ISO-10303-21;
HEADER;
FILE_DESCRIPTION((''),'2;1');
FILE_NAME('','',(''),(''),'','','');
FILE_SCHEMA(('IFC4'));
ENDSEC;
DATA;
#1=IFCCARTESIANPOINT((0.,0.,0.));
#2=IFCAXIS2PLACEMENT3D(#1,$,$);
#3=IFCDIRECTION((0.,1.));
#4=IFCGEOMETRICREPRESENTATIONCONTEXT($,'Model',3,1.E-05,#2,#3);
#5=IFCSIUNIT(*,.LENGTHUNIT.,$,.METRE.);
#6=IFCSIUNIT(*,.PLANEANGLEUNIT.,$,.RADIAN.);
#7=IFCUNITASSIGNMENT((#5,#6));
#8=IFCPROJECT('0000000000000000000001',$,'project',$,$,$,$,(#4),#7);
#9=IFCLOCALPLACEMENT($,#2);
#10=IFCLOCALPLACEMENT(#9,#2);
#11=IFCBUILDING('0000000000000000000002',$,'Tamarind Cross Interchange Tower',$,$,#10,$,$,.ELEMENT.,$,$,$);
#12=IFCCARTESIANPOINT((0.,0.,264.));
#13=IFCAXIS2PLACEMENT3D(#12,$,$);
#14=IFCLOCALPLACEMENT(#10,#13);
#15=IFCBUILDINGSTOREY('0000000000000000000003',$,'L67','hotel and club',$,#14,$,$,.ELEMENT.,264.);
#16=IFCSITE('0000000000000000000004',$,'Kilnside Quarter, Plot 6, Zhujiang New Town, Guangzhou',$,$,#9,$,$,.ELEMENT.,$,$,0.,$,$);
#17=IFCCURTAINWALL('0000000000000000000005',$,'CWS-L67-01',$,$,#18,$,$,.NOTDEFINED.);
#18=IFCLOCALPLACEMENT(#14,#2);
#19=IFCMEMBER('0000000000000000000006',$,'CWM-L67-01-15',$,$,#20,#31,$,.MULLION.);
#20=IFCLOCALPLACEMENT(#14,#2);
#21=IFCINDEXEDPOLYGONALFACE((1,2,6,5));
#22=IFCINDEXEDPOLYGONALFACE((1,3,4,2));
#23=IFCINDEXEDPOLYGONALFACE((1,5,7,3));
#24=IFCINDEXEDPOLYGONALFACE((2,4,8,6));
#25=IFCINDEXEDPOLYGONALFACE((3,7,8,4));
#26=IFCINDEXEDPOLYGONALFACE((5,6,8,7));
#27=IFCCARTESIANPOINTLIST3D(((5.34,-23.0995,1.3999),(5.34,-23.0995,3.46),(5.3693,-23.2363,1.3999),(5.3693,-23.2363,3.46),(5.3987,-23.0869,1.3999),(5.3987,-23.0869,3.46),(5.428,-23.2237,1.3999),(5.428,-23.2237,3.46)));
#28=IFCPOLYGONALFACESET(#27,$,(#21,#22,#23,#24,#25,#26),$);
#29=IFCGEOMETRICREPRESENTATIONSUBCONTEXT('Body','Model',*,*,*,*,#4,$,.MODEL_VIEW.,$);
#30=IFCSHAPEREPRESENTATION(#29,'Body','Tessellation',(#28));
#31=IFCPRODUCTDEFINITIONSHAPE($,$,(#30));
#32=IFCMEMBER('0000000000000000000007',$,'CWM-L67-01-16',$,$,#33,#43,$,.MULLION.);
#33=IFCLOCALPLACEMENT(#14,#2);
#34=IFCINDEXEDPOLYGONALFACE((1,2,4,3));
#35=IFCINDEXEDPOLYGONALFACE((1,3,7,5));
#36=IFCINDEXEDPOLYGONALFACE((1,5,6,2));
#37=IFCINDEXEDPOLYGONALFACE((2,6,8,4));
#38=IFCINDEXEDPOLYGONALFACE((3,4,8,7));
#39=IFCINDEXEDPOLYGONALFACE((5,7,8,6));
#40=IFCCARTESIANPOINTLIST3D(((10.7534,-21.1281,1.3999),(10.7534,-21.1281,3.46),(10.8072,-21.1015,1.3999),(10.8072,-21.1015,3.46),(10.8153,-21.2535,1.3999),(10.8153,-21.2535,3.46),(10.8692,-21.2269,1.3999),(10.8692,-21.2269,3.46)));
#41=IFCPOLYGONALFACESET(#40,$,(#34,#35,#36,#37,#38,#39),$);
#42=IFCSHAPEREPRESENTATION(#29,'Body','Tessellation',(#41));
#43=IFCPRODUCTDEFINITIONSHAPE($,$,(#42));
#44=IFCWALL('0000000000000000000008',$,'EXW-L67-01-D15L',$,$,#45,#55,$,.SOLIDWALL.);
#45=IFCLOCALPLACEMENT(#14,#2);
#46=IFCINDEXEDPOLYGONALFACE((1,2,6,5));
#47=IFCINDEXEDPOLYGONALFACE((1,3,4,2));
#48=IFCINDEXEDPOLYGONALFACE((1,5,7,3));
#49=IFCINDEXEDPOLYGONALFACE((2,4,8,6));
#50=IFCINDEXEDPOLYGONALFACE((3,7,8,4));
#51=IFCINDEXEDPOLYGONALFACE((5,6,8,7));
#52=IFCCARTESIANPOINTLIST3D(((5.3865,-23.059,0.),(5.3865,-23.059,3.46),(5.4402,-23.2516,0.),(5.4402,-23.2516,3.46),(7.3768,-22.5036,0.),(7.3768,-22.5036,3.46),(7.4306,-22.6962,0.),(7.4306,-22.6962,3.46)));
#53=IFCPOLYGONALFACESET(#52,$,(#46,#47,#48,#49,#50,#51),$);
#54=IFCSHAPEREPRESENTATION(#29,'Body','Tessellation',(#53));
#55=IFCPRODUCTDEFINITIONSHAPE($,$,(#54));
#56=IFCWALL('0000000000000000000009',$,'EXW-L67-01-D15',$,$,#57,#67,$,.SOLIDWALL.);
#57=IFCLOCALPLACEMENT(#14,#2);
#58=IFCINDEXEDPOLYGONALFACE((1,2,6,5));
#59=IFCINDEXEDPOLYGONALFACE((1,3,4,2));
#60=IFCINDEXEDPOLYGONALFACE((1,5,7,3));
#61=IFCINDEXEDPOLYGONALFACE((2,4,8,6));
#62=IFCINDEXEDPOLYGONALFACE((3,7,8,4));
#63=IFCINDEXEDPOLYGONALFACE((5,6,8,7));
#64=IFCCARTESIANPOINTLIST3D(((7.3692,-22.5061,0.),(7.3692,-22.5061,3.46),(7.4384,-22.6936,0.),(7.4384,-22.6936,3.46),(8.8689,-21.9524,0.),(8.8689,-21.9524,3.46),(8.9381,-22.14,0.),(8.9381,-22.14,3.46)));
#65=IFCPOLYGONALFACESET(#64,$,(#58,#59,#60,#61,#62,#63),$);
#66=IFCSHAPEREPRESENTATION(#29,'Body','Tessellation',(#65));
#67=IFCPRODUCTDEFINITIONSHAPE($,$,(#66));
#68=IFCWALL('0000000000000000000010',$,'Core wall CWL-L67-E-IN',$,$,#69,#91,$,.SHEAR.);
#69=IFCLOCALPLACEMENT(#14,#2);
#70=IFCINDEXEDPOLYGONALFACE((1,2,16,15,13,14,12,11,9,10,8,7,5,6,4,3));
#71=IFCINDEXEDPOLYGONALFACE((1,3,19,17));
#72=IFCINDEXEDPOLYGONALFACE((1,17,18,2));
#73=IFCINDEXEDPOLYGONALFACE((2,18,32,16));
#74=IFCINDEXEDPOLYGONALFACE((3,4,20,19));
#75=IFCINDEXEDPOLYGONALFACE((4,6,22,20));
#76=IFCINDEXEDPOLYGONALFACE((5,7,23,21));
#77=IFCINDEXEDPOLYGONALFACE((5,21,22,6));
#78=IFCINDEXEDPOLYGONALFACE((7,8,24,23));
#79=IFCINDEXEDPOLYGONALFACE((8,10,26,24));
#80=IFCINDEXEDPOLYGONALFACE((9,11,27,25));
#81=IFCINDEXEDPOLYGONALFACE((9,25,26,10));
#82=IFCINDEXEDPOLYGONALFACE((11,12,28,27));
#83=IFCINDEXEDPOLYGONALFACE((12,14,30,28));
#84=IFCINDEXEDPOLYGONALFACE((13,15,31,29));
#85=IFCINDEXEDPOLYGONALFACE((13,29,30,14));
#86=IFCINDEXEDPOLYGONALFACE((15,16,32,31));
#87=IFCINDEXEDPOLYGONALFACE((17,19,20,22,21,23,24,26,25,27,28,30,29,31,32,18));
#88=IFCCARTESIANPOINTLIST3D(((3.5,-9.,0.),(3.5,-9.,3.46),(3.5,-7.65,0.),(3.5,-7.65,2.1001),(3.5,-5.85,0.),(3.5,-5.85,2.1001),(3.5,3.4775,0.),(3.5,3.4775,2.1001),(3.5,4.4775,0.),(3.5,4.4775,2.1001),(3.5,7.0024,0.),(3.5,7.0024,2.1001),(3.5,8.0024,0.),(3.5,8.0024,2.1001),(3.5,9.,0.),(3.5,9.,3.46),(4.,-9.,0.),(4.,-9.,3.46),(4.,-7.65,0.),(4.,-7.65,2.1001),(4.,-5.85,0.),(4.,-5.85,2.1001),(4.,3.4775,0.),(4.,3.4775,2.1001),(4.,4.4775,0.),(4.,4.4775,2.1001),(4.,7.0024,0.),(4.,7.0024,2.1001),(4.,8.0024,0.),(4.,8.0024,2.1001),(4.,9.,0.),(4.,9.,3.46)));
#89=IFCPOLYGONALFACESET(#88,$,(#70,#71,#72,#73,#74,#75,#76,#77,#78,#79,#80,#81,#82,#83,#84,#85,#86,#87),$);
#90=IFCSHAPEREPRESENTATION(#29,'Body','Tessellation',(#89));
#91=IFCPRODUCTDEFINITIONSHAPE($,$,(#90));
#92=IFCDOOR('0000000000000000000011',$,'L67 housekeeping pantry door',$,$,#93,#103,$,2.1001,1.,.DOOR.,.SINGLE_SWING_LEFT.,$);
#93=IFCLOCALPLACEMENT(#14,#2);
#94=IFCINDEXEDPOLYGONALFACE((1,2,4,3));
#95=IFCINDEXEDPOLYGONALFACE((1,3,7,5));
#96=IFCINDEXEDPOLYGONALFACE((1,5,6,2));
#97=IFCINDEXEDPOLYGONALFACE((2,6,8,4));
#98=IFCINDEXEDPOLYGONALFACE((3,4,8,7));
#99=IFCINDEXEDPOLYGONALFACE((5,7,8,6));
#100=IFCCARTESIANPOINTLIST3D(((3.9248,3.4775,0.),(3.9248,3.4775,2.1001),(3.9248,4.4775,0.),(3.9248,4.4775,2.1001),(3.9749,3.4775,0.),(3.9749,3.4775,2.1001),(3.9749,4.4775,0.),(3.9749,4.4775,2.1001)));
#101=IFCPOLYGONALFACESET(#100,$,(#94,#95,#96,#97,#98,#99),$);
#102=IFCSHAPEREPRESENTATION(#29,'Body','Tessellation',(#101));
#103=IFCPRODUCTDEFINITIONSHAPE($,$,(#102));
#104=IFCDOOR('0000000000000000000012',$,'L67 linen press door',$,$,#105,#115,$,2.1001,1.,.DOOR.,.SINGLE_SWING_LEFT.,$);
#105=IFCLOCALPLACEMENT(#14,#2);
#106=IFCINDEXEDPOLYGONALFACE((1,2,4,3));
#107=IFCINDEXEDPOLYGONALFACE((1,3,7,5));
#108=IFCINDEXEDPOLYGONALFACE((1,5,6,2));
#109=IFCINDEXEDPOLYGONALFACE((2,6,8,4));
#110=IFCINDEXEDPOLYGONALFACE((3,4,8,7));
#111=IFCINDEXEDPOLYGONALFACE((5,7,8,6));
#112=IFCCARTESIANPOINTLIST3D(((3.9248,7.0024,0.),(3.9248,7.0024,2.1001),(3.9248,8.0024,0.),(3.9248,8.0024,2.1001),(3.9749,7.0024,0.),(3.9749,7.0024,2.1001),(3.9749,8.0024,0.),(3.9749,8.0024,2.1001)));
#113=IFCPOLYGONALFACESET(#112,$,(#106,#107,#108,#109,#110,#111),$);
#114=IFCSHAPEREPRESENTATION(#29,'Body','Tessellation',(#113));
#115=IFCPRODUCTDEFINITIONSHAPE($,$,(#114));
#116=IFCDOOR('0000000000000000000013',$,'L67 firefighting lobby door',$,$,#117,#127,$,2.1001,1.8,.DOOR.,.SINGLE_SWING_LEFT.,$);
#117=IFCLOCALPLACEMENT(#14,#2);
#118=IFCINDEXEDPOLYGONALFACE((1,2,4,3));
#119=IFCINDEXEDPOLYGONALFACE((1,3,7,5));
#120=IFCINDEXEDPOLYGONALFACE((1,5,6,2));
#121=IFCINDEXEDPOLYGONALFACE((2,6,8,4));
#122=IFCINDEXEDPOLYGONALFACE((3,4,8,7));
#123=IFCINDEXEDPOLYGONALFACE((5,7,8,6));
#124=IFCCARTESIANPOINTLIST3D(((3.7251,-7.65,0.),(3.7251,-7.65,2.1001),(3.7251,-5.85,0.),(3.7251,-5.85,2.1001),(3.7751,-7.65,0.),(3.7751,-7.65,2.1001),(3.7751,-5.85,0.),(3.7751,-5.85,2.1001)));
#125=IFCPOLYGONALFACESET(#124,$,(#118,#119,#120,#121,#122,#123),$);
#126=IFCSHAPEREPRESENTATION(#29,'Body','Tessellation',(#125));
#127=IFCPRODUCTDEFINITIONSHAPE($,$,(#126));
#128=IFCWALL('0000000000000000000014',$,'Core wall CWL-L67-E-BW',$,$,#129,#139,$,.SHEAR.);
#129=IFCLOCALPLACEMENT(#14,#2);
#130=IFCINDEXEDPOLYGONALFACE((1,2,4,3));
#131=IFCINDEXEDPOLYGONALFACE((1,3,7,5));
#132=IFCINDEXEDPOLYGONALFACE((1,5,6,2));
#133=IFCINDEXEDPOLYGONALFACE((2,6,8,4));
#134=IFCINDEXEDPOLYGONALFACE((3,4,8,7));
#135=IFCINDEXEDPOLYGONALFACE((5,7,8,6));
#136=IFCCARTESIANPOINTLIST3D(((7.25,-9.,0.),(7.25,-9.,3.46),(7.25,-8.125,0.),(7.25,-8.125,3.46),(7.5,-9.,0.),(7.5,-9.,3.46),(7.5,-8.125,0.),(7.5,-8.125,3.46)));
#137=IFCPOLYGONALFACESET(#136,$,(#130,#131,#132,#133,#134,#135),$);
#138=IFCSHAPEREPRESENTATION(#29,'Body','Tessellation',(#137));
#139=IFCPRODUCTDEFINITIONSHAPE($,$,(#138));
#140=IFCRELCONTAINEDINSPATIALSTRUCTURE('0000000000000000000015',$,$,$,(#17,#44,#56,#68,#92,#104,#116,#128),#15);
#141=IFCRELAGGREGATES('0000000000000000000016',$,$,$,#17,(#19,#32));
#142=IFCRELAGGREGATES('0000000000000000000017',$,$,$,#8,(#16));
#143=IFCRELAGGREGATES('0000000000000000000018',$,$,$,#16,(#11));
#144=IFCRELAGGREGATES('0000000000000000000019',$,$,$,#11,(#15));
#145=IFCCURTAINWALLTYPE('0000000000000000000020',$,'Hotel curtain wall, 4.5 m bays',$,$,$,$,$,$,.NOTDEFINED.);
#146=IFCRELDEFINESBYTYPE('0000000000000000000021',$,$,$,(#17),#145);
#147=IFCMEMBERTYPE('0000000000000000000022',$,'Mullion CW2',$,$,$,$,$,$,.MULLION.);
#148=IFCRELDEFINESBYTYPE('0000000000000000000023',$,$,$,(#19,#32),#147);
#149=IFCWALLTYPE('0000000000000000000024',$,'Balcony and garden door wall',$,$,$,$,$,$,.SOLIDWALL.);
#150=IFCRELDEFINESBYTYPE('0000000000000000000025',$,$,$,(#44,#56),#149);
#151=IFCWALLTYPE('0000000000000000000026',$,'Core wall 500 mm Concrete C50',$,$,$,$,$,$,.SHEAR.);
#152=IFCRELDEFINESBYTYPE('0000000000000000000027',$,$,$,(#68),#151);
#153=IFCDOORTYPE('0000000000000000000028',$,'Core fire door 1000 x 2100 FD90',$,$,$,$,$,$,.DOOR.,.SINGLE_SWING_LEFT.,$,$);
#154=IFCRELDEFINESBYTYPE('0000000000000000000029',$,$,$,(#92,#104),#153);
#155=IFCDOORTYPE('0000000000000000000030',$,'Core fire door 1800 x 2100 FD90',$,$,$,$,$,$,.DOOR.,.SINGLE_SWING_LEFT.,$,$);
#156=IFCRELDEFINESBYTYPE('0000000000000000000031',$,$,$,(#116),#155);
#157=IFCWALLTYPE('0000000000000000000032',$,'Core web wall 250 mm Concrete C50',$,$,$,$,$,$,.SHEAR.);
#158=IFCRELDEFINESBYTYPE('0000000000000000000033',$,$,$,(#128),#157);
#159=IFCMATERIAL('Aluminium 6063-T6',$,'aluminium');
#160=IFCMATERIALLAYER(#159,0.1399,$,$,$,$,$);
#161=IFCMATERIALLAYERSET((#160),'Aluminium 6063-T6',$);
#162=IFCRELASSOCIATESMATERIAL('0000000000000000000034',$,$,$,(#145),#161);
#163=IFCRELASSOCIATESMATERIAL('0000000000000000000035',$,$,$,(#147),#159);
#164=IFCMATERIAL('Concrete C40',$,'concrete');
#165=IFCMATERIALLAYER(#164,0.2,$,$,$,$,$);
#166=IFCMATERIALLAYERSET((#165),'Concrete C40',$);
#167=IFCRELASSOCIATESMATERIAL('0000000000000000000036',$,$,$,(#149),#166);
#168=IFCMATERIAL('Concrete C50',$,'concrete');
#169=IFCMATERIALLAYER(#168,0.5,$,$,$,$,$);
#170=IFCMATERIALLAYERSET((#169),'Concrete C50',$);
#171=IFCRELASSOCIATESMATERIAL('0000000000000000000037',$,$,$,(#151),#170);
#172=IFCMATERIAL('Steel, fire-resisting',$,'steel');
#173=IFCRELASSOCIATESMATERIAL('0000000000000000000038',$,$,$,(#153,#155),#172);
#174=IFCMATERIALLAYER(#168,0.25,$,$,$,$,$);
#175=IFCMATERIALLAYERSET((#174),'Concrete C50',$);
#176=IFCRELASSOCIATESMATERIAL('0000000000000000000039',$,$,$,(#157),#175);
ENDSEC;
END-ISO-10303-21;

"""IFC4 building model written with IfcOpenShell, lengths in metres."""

from ifc_helpers import new_model, si_unit, direction, frame, frame_2d, origin, origin_2d, place, context, subcontext, project, spatial, rectangle, extrude, material, layer, layer_set, material_profile, profile_set, type_object, element, fill, aggregate, save


model = new_model("IFC4")

# Units and contexts
model_context = context("Model", 3, precision=1e-05, world=origin(), true_north=direction((0.0, 1.0)))
body_context = subcontext(model_context, "Body", "Model", "MODEL_VIEW")
ifc_project = project(units=[si_unit("LENGTHUNIT", "METRE"), si_unit("PLANEANGLEUNIT", "RADIAN")], contexts=[model_context])

# Site, building, storey
site_placement = place(None, origin())
site = spatial("IfcSite", under=ifc_project, at=site_placement, Name="Kilnside Quarter, Plot 6, Zhujiang New Town, Guangzhou", CompositionType="ELEMENT", RefElevation=0.0)
building_placement = place(site_placement, origin())
building = spatial("IfcBuilding", under=site, at=building_placement, Name="Tamarind Cross Interchange Tower", CompositionType="ELEMENT")
storey_placement = place(building_placement, frame((0.0, 0.0, 264.0)))
storey = spatial("IfcBuildingStorey", under=building, at=storey_placement, Name="L67", Description="hotel and club", CompositionType="ELEMENT", Elevation=264.0)

# Curtain wall, members
ifc_material_1 = material(Name="Aluminium 6063-T6", Category="aluminium")
ifc_layer_1 = layer(ifc_material_1, 0.1399)
ifc_layer_set_1 = layer_set([ifc_layer_1], Name="Aluminium 6063-T6")
curtain_wall_type = type_object("IfcCurtainWallType", Name="Hotel curtain wall, 4.5 m bays", PredefinedType="NOTDEFINED", material=ifc_layer_set_1)
curtain_wall_placement = place(storey_placement, origin())
curtain_wall = element("IfcCurtainWall", 1, at=curtain_wall_placement, inside=storey, type_object=curtain_wall_type, Name="CWS-L67-01", PredefinedType="NOTDEFINED")
ifc_material_profile_1 = material_profile(ifc_material_1, rectangle(XDim=0.0601, YDim=0.1399, at=origin_2d()), Name="Mullion CW2")
ifc_profile_set_1 = profile_set([ifc_material_profile_1], Name="Aluminium 6063-T6")
member_type = type_object("IfcMemberType", Name="Mullion CW2", PredefinedType="MULLION", material=ifc_profile_set_1)
member_1_placement = place(storey_placement, frame((5.384, -23.1616, 1.3999), z_axis=(0.0, 0.0, 1.0), x_axis=(0.977825, 0.209425, 0.0)))
member_1 = element("IfcMember", 2, at=member_1_placement, type_object=member_type, Name="CWM-L67-01-15", PredefinedType="MULLION", context=body_context, shape_type="SweptSolid", body=[
    extrude(rectangle(XDim=0.0601, YDim=0.1399, at=origin_2d()), origin(), (0.0, 0.0, 1.0), 2.0601),
])
member_2_placement = place(storey_placement, frame((10.8113, -21.1775, 1.3999), z_axis=(0.0, 0.0, 1.0), x_axis=(0.896493, 0.443059, 0.0)))
member_2 = element("IfcMember", 3, at=member_2_placement, type_object=member_type, Name="CWM-L67-01-16", PredefinedType="MULLION", context=body_context, shape_type="SweptSolid", body=[
    extrude(rectangle(XDim=0.0601, YDim=0.1399, at=origin_2d()), origin(), (0.0, 0.0, 1.0), 2.0601),
])
aggregate(curtain_wall, [member_1, member_2])

# Wall
ifc_material_2 = material(Name="Concrete C40", Category="concrete")
ifc_layer_2 = layer(ifc_material_2, 0.2)
ifc_layer_set_2 = layer_set([ifc_layer_2], Name="Concrete C40")
wall_type_1 = type_object("IfcWallType", Name="Balcony and garden door wall", PredefinedType="SOLIDWALL", material=ifc_layer_set_2)
wall_1_placement = place(storey_placement, frame((5.4133, -23.1553, 0.0), z_axis=(0.0, 0.0, 1.0), x_axis=(0.963204, 0.268771, 0.0)))
element("IfcWall", 4, at=wall_1_placement, inside=storey, type_object=wall_type_1, Name="EXW-L67-01-D15L", PredefinedType="SOLIDWALL", context=body_context, shape_type="SweptSolid", body=[
    extrude(rectangle(XDim=2.0664, YDim=0.2, at=frame_2d((1.0332, 0.0))), origin(), (0.0, 0.0, 1.0), 3.46),
])

# Wall
wall_2_placement = place(storey_placement, frame((7.4038, -22.5999, 0.0), z_axis=(0.0, 0.0, 1.0), x_axis=(0.938106, 0.346349, 0.0)))
element("IfcWall", 5, at=wall_2_placement, inside=storey, type_object=wall_type_1, Name="EXW-L67-01-D15", PredefinedType="SOLIDWALL", context=body_context, shape_type="SweptSolid", body=[
    extrude(rectangle(XDim=1.5986, YDim=0.2, at=frame_2d((0.7993, 0.0))), origin(), (0.0, 0.0, 1.0), 3.46),
])

# Wall, openings, doors
ifc_material_3 = material(Name="Concrete C50", Category="concrete")
ifc_layer_3 = layer(ifc_material_3, 0.5)
ifc_layer_set_3 = layer_set([ifc_layer_3], Name="Concrete C50")
wall_type_2 = type_object("IfcWallType", Name="Core wall 500 mm Concrete C50", PredefinedType="SHEAR", material=ifc_layer_set_3)
wall_3_placement = place(storey_placement, frame((3.75, -9.0, 0.0), z_axis=(0.0, 0.0, 1.0), x_axis=(0.0, 1.0, 0.0)))
wall_3 = element("IfcWall", 6, at=wall_3_placement, inside=storey, type_object=wall_type_2, Name="Core wall CWL-L67-E-IN", PredefinedType="SHEAR", context=body_context, shape_type="SweptSolid", body=[
    extrude(rectangle(XDim=18.0, YDim=0.5, at=frame_2d((9.0, 0.0))), origin(), (0.0, 0.0, 1.0), 3.46),
])
opening_1_placement = place(wall_3_placement, frame((1.3501, 0.0, 0.0)))
opening_1 = element("IfcOpeningElement", 7, at=opening_1_placement, cuts=wall_3, PredefinedType="OPENING", context=body_context, shape_type="SweptSolid", body=[
    extrude(rectangle(XDim=1.8, YDim=2.1001, at=frame_2d((0.8999, 1.05))), frame((0.0, 0.26, 0.0), z_axis=(0.0, -1.0, 0.0), x_axis=(1.0, 0.0, 0.0)), (0.0, 0.0, 1.0), 0.52),
])
opening_2_placement = place(wall_3_placement, frame((12.4775, 0.0, 0.0)))
opening_2 = element("IfcOpeningElement", 8, at=opening_2_placement, cuts=wall_3, PredefinedType="OPENING", context=body_context, shape_type="SweptSolid", body=[
    extrude(rectangle(XDim=1.0, YDim=2.1001, at=frame_2d((0.5, 1.05))), frame((0.0, 0.26, 0.0), z_axis=(0.0, -1.0, 0.0), x_axis=(1.0, 0.0, 0.0)), (0.0, 0.0, 1.0), 0.52),
])
opening_3_placement = place(wall_3_placement, frame((16.0024, 0.0, 0.0)))
opening_3 = element("IfcOpeningElement", 9, at=opening_3_placement, cuts=wall_3, PredefinedType="OPENING", context=body_context, shape_type="SweptSolid", body=[
    extrude(rectangle(XDim=1.0, YDim=2.1001, at=frame_2d((0.5, 1.05))), frame((0.0, 0.26, 0.0), z_axis=(0.0, -1.0, 0.0), x_axis=(1.0, 0.0, 0.0)), (0.0, 0.0, 1.0), 0.52),
])
ifc_material_4 = material(Name="Steel, fire-resisting", Category="steel")
door_type_1 = type_object("IfcDoorType", Name="Core fire door 1000 x 2100 FD90", OperationType="SINGLE_SWING_LEFT", PredefinedType="DOOR", material=ifc_material_4)
door_1_placement = place(opening_2_placement, origin())
door_1 = element("IfcDoor", 10, at=door_1_placement, inside=storey, type_object=door_type_1, Name="L67 housekeeping pantry door", OperationType="SINGLE_SWING_LEFT", OverallHeight=2.1001, OverallWidth=1.0, PredefinedType="DOOR", context=body_context, shape_type="SweptSolid", body=[
    extrude(rectangle(XDim=1.0, YDim=2.1001, at=frame_2d((0.5, 1.05))), frame((0.0, -0.1748, 0.0), z_axis=(0.0, -1.0, 0.0), x_axis=(1.0, 0.0, 0.0)), (0.0, 0.0, 1.0), 0.05),
])
fill(opening_2, door_1)
door_2_placement = place(opening_3_placement, origin())
door_2 = element("IfcDoor", 11, at=door_2_placement, inside=storey, type_object=door_type_1, Name="L67 linen press door", OperationType="SINGLE_SWING_LEFT", OverallHeight=2.1001, OverallWidth=1.0, PredefinedType="DOOR", context=body_context, shape_type="SweptSolid", body=[
    extrude(rectangle(XDim=1.0, YDim=2.1001, at=frame_2d((0.5, 1.05))), frame((0.0, -0.1748, 0.0), z_axis=(0.0, -1.0, 0.0), x_axis=(1.0, 0.0, 0.0)), (0.0, 0.0, 1.0), 0.05),
])
fill(opening_3, door_2)
door_type_2 = type_object("IfcDoorType", Name="Core fire door 1800 x 2100 FD90", OperationType="SINGLE_SWING_LEFT", PredefinedType="DOOR", material=ifc_material_4)
door_3_placement = place(opening_1_placement, origin())
door_3 = element("IfcDoor", 12, at=door_3_placement, inside=storey, type_object=door_type_2, Name="L67 firefighting lobby door", OperationType="SINGLE_SWING_LEFT", OverallHeight=2.1001, OverallWidth=1.8, PredefinedType="DOOR", context=body_context, shape_type="SweptSolid", body=[
    extrude(rectangle(XDim=1.8, YDim=2.1001, at=frame_2d((0.8999, 1.05))), frame((0.0, 0.0249, 0.0), z_axis=(0.0, -1.0, 0.0), x_axis=(1.0, 0.0, 0.0)), (0.0, 0.0, 1.0), 0.05),
])
fill(opening_1, door_3)

# Wall
ifc_layer_4 = layer(ifc_material_3, 0.25)
ifc_layer_set_4 = layer_set([ifc_layer_4], Name="Concrete C50")
wall_type_3 = type_object("IfcWallType", Name="Core web wall 250 mm Concrete C50", PredefinedType="SHEAR", material=ifc_layer_set_4)
wall_4_placement = place(storey_placement, frame((7.375, -9.0, 0.0), z_axis=(0.0, 0.0, 1.0), x_axis=(0.0, 1.0, 0.0)))
element("IfcWall", 13, at=wall_4_placement, inside=storey, type_object=wall_type_3, Name="Core wall CWL-L67-E-BW", PredefinedType="SHEAR", context=body_context, shape_type="SweptSolid", body=[
    extrude(rectangle(XDim=0.875, YDim=0.25, at=frame_2d((0.4375, 0.0))), origin(), (0.0, 0.0, 1.0), 3.46),
])

save(model, "model.ifc")
